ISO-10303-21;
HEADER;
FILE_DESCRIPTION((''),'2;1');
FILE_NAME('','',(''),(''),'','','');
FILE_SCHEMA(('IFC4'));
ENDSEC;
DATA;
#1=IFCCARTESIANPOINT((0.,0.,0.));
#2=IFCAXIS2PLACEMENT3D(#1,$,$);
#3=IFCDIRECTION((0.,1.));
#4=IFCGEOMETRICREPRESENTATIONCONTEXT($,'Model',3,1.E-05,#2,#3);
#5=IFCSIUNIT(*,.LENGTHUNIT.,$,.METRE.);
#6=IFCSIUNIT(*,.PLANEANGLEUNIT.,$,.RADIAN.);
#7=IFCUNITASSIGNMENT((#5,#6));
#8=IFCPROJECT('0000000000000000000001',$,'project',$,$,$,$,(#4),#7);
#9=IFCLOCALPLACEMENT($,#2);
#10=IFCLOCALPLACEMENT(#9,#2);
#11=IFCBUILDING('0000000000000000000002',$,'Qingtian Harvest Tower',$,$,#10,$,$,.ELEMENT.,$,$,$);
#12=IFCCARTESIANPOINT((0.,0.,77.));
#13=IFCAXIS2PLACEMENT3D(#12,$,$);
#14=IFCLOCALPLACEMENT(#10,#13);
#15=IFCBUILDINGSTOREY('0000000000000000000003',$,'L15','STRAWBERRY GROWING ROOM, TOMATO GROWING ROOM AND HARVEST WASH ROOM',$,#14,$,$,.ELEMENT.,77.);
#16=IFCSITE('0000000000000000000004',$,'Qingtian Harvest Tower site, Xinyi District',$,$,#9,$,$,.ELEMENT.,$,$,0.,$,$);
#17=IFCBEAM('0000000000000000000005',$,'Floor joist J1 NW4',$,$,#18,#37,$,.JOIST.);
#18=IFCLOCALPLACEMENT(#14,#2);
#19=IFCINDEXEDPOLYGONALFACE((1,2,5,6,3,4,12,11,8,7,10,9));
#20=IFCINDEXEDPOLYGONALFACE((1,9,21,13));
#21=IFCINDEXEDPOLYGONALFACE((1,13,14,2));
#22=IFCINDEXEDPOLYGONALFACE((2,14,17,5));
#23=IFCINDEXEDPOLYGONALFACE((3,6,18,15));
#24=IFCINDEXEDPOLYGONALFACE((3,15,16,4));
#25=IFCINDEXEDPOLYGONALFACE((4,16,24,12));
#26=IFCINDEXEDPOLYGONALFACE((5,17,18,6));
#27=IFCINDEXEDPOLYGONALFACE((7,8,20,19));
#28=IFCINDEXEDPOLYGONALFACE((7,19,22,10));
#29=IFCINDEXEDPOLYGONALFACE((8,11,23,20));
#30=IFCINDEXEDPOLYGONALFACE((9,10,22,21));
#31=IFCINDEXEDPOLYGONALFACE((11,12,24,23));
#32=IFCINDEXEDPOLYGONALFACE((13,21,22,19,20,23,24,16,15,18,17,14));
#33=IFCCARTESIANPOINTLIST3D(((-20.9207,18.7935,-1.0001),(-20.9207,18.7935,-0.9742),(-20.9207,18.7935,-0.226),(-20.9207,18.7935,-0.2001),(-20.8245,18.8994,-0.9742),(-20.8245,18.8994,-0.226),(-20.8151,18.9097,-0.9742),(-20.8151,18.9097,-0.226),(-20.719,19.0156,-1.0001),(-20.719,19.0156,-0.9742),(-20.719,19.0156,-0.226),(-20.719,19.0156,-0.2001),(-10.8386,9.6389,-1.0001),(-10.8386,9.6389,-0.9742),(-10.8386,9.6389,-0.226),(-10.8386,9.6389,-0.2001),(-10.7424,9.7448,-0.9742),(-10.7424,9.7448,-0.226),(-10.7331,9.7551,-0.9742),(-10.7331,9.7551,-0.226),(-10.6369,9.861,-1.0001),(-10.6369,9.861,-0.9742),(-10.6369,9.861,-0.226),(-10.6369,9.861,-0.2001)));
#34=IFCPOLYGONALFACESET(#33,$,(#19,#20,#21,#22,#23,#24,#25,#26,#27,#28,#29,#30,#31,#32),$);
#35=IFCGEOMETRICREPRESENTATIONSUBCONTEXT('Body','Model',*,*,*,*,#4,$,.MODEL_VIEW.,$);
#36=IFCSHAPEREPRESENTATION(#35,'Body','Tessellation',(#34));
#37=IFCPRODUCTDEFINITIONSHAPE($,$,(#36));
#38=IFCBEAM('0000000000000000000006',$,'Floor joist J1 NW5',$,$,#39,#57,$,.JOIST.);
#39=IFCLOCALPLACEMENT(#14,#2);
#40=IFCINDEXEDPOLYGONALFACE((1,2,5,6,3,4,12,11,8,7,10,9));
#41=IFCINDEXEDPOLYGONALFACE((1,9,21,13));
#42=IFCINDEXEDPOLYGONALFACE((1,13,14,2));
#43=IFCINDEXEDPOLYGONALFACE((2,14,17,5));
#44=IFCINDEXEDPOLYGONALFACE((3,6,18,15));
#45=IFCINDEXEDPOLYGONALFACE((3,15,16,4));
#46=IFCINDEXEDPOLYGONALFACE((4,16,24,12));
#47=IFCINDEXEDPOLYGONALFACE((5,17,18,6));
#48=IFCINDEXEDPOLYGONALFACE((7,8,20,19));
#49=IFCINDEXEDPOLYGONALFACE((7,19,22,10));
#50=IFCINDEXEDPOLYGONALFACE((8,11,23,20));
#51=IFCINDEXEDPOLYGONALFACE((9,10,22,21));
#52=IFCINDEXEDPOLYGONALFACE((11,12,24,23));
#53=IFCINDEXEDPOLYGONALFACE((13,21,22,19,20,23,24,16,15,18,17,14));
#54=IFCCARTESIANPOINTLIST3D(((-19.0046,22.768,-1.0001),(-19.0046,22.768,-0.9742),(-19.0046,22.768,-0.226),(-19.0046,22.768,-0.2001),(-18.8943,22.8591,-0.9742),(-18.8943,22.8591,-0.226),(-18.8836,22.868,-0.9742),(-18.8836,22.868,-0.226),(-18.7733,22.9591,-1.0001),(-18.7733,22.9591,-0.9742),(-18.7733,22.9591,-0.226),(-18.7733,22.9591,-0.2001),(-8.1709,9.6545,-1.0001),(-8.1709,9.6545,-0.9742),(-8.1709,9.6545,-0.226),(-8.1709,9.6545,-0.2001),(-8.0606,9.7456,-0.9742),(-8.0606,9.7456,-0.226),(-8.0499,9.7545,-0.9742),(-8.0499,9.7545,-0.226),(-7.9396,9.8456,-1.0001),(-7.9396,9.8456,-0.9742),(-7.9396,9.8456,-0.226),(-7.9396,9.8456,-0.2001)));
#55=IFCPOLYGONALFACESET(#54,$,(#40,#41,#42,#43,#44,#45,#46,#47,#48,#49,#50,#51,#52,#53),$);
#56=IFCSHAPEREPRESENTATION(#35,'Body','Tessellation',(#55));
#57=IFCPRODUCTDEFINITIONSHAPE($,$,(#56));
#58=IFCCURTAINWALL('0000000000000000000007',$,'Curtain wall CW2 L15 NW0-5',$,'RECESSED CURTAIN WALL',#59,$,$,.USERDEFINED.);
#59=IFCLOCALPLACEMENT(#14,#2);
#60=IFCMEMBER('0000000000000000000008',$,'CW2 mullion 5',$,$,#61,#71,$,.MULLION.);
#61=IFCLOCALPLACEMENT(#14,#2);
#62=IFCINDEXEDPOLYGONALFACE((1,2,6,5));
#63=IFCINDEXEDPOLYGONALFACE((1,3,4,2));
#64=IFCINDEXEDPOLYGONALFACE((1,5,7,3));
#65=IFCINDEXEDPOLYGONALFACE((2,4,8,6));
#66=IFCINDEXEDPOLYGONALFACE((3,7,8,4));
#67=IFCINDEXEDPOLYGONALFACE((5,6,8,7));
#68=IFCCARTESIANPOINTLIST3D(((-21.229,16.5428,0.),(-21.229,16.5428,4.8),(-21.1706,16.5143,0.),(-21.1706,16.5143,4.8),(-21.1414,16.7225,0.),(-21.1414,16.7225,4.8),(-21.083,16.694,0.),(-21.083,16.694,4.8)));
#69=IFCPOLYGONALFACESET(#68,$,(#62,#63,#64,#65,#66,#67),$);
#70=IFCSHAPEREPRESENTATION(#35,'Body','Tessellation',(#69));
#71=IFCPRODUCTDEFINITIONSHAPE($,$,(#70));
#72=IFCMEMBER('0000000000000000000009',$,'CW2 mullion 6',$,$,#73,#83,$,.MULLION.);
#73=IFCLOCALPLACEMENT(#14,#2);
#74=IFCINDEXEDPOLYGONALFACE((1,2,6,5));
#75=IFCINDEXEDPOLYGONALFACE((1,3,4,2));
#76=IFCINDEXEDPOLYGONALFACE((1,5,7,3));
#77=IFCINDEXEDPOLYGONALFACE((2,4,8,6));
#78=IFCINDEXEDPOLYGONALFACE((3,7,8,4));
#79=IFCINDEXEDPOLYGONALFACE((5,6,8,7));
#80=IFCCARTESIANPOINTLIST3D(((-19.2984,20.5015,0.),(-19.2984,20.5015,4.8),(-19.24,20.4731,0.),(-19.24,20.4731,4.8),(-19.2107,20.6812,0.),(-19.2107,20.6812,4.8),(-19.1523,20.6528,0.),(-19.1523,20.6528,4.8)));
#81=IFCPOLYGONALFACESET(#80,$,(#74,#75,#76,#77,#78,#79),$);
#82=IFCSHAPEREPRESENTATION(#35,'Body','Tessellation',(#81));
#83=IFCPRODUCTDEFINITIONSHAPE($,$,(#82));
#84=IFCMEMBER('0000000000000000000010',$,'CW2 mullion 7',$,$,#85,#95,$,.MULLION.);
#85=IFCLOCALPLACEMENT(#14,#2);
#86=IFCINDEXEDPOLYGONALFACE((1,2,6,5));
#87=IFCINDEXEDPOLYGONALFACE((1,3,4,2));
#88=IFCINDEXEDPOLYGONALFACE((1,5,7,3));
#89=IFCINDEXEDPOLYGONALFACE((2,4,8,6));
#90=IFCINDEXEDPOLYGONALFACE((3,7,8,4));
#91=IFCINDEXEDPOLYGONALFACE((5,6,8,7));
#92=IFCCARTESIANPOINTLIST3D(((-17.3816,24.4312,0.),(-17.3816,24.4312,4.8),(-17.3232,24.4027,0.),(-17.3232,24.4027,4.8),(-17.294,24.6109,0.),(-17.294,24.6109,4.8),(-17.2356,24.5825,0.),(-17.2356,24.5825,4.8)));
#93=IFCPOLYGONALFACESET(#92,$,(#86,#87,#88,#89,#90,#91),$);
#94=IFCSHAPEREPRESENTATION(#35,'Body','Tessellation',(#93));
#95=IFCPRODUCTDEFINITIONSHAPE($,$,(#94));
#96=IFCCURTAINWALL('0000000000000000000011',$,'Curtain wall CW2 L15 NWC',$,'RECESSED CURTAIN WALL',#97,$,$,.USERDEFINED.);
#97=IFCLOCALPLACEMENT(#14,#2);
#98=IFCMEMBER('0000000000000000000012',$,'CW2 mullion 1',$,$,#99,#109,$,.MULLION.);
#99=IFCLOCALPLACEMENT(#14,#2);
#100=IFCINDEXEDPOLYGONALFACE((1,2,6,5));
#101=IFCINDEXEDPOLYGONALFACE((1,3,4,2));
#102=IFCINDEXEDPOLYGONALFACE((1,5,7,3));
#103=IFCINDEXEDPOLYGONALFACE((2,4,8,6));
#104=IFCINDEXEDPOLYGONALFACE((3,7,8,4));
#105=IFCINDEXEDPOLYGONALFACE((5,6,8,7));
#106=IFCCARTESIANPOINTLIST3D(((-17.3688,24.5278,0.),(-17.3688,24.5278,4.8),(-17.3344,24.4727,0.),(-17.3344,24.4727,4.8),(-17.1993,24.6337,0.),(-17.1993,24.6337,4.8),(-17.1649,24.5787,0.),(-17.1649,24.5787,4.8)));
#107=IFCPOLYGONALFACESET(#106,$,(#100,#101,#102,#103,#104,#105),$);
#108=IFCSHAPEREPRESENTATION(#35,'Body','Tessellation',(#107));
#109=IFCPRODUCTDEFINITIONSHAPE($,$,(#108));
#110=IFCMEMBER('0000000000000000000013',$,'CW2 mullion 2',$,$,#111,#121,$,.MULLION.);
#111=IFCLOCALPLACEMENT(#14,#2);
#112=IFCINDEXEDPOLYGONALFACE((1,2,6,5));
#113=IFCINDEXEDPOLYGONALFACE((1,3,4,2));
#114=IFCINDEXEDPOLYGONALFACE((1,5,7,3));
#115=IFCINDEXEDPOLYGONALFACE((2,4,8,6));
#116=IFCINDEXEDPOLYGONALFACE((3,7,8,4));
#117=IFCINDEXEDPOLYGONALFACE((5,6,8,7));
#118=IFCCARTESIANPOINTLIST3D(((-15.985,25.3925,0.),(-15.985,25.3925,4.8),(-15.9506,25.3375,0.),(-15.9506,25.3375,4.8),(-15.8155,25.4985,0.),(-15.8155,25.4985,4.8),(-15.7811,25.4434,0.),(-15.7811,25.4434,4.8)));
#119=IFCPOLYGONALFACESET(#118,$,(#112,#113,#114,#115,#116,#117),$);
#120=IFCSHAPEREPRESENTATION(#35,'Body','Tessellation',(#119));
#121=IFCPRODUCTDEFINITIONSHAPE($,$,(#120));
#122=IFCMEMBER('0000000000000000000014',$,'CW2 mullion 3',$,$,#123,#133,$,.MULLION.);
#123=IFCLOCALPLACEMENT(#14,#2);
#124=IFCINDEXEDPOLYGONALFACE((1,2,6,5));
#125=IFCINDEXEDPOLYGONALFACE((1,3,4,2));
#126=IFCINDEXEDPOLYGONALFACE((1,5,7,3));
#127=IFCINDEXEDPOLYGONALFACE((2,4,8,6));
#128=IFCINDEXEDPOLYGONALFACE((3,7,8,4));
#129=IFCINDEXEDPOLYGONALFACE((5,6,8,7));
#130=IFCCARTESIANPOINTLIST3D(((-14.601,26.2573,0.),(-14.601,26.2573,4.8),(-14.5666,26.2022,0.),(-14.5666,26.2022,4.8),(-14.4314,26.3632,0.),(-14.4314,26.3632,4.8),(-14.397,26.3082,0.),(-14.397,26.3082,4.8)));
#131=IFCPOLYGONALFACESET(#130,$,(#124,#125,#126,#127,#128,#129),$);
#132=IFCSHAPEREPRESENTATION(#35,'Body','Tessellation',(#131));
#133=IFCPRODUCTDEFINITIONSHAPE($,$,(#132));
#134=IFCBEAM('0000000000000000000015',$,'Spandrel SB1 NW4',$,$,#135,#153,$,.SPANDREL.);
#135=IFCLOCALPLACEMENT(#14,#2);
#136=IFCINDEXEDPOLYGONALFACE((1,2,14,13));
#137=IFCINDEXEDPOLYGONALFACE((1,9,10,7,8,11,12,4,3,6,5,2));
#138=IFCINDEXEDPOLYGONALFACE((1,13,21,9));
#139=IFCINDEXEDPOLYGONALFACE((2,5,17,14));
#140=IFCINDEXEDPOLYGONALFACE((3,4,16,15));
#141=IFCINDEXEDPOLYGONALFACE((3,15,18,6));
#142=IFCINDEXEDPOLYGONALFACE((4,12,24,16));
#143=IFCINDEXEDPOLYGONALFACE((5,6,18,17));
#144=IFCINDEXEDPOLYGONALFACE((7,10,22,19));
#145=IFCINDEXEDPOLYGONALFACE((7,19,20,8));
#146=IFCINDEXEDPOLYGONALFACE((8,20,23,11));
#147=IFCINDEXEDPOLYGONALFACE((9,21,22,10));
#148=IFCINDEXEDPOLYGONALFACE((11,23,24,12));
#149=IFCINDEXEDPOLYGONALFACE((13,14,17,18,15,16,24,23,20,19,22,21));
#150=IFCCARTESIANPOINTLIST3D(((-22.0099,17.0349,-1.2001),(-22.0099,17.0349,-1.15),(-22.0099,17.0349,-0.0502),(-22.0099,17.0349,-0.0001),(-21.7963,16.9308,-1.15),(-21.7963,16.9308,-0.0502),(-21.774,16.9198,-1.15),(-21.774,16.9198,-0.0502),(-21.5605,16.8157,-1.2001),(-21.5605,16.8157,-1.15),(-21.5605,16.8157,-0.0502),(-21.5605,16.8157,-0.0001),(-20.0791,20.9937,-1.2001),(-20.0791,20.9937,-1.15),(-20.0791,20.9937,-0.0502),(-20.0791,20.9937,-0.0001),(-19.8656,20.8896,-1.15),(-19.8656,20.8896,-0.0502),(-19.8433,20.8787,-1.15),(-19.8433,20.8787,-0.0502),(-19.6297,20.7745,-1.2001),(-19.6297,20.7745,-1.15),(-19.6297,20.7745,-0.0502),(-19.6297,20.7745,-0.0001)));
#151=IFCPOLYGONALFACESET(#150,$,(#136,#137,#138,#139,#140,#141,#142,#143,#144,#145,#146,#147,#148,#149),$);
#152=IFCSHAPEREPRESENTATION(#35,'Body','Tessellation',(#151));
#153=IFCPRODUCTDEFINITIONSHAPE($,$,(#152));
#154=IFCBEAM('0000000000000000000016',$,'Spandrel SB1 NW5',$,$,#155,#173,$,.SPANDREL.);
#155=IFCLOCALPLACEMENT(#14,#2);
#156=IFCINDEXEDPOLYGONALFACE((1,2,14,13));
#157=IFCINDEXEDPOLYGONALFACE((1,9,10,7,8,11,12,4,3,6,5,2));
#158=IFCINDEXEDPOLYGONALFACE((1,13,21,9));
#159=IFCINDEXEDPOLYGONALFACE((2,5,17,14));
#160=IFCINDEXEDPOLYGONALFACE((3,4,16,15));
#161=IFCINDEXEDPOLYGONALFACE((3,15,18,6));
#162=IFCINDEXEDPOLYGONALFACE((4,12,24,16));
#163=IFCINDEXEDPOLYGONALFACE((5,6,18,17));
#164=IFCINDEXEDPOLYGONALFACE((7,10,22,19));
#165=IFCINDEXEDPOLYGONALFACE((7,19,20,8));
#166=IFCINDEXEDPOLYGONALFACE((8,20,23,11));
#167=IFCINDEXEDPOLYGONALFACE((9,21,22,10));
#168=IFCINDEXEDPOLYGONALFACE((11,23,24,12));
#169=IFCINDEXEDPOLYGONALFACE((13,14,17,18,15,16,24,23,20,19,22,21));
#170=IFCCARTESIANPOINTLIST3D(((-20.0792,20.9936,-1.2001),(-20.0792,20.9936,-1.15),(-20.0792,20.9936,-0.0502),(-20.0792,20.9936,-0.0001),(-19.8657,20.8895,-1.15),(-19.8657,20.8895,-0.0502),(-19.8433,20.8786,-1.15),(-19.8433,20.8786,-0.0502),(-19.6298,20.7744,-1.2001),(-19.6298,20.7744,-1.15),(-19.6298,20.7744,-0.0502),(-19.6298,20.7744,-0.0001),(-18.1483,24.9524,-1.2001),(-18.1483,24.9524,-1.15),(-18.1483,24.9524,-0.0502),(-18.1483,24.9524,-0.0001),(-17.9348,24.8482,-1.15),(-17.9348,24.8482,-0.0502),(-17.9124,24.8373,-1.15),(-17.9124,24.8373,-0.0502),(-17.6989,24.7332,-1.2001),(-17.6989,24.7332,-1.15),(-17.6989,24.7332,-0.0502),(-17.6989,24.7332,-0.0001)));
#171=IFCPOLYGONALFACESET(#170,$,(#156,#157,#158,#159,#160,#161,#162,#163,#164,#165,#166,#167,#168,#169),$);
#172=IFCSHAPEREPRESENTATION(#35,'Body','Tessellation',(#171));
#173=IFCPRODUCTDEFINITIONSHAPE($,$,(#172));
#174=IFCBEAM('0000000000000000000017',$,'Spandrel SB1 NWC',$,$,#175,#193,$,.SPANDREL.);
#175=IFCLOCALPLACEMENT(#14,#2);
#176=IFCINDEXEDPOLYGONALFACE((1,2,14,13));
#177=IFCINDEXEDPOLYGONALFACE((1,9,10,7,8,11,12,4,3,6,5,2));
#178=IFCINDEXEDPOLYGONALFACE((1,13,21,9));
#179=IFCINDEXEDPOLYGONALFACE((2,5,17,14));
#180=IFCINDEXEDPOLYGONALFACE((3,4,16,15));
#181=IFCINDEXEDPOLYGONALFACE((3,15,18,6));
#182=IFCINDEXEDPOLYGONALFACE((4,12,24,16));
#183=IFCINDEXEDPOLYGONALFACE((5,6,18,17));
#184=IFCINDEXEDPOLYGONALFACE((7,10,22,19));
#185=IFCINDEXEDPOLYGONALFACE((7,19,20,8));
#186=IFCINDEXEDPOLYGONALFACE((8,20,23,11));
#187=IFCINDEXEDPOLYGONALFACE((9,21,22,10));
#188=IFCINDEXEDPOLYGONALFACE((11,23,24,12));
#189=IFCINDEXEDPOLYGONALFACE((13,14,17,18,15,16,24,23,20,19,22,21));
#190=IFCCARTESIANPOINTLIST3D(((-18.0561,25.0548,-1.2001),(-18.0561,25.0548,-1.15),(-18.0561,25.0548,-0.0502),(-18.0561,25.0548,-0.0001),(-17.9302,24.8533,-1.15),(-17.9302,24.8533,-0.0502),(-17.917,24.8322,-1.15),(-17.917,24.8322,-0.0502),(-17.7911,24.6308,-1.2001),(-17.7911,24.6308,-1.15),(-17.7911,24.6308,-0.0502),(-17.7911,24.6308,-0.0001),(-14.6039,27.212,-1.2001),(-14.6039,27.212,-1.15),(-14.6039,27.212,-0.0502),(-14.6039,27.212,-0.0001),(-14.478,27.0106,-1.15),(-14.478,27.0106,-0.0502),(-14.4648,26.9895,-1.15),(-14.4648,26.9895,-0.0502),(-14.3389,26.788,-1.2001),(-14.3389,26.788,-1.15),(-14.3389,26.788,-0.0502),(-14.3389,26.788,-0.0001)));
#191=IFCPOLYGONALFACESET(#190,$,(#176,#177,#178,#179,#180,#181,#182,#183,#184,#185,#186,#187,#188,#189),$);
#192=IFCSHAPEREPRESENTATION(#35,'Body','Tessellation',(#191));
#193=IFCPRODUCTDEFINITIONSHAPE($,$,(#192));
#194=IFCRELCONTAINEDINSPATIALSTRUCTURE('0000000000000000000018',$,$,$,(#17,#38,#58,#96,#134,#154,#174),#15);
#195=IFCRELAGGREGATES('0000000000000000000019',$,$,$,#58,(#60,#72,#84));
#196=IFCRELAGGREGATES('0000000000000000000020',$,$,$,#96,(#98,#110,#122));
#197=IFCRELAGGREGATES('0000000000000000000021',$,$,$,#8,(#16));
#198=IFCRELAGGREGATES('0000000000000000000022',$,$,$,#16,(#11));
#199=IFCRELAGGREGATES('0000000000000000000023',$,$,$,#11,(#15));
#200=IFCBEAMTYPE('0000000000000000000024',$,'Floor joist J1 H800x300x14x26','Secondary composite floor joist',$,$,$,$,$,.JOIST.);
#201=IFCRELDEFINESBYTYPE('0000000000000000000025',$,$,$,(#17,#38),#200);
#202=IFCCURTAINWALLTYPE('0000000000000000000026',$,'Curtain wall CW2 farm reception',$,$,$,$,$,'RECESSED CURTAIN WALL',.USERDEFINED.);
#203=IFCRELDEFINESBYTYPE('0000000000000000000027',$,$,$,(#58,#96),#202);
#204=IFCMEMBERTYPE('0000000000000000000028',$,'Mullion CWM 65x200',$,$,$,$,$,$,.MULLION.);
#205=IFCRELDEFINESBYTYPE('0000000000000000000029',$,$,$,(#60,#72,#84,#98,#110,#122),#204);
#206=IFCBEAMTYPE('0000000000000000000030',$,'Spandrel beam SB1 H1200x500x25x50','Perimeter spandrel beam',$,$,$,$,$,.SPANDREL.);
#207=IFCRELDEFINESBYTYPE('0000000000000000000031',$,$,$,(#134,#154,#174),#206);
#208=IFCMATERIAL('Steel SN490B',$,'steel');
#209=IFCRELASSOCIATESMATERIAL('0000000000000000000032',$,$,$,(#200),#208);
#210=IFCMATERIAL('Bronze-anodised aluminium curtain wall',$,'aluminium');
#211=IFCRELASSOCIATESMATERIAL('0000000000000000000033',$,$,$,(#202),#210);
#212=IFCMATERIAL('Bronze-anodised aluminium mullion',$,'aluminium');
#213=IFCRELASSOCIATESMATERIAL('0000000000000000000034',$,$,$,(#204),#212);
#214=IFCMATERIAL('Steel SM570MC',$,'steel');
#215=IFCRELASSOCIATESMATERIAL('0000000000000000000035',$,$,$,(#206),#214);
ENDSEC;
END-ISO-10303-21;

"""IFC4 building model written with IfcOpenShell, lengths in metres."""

from ifc_helpers import new_model, si_unit, direction, frame, origin, origin_2d, place, context, subcontext, project, spatial, rectangle, i_section, extrude, material, material_profile, profile_set, type_object, element, aggregate, save


model = new_model("IFC4")

# Units and contexts
model_context = context("Model", 3, precision=1e-05, world=origin(), true_north=direction((0.0, 1.0)))
body_context = subcontext(model_context, "Body", "Model", "MODEL_VIEW")
ifc_project = project(units=[si_unit("LENGTHUNIT", "METRE"), si_unit("PLANEANGLEUNIT", "RADIAN")], contexts=[model_context])

# Site, building, storey
site_placement = place(None, origin())
site = spatial("IfcSite", under=ifc_project, at=site_placement, Name="Qingtian Harvest Tower site, Xinyi District", CompositionType="ELEMENT", RefElevation=0.0)
building_placement = place(site_placement, origin())
building = spatial("IfcBuilding", under=site, at=building_placement, Name="Qingtian Harvest Tower", CompositionType="ELEMENT")
storey_placement = place(building_placement, frame((0.0, 0.0, 77.0)))
storey = spatial("IfcBuildingStorey", under=building, at=storey_placement, Name="L15", Description="STRAWBERRY GROWING ROOM, TOMATO GROWING ROOM AND HARVEST WASH ROOM", CompositionType="ELEMENT", Elevation=77.0)

# Beams
ifc_material_1 = material(Name="Steel SN490B", Category="steel")
ifc_material_profile_1 = material_profile(ifc_material_1, i_section(OverallWidth=0.3, OverallDepth=0.8, WebThickness=0.0139, FlangeThickness=0.0259, at=origin_2d()), Name="H800x300x14x26")
ifc_profile_set_1 = profile_set([ifc_material_profile_1], Name="Steel SN490B")
beam_type_1 = type_object("IfcBeamType", Name="Floor joist J1 H800x300x14x26", Description="Secondary composite floor joist", PredefinedType="JOIST", material=ifc_profile_set_1)
beam_1_placement = place(storey_placement, frame((-20.8198, 18.9045, -0.6001), z_axis=(0.74034, -0.672233, 0.0), x_axis=(0.672233, 0.74034, 0.0)))
element("IfcBeam", 1, at=beam_1_placement, inside=storey, type_object=beam_type_1, Name="Floor joist J1 NW4", PredefinedType="JOIST", context=body_context, shape_type="SweptSolid", body=[
    extrude(i_section(OverallWidth=0.3, OverallDepth=0.8, WebThickness=0.0139, FlangeThickness=0.0259, at=origin_2d()), origin(), (0.0, 0.0, 1.0), 13.6182),
])
beam_2_placement = place(storey_placement, frame((-18.8889, 22.8635, -0.6001), z_axis=(0.63691, -0.770938, 0.0), x_axis=(0.770938, 0.63691, 0.0)))
element("IfcBeam", 2, at=beam_2_placement, inside=storey, type_object=beam_type_1, Name="Floor joist J1 NW5", PredefinedType="JOIST", context=body_context, shape_type="SweptSolid", body=[
    extrude(i_section(OverallWidth=0.3, OverallDepth=0.8, WebThickness=0.0139, FlangeThickness=0.0259, at=origin_2d()), origin(), (0.0, 0.0, 1.0), 17.0098),
])

# Curtain walls, members
ifc_material_2 = material(Name="Bronze-anodised aluminium curtain wall", Category="aluminium")
curtain_wall_type = type_object("IfcCurtainWallType", Name="Curtain wall CW2 farm reception", ElementType="RECESSED CURTAIN WALL", PredefinedType="USERDEFINED", material=ifc_material_2)
curtain_wall_1_placement = place(storey_placement, origin())
curtain_wall_1 = element("IfcCurtainWall", 3, at=curtain_wall_1_placement, inside=storey, type_object=curtain_wall_type, Name="Curtain wall CW2 L15 NW0-5", ObjectType="RECESSED CURTAIN WALL", PredefinedType="USERDEFINED")
ifc_material_3 = material(Name="Bronze-anodised aluminium mullion", Category="aluminium")
ifc_material_profile_2 = material_profile(ifc_material_3, rectangle(XDim=0.0649, YDim=0.2, at=origin_2d()), Name="AL 65x200")
ifc_profile_set_2 = profile_set([ifc_material_profile_2], Name="Bronze-anodised aluminium mullion")
member_type_1 = type_object("IfcMemberType", Name="Mullion CWM 65x200", PredefinedType="MULLION", material=ifc_profile_set_2)
member_1_placement = place(storey_placement, frame((-21.156, 16.6184, 0.0), z_axis=(0.0, 0.0, 1.0), x_axis=(-0.898794, 0.438371, 0.0)))
member_1 = element("IfcMember", 4, at=member_1_placement, type_object=member_type_1, Name="CW2 mullion 5", PredefinedType="MULLION", context=body_context, shape_type="SweptSolid", body=[
    extrude(rectangle(XDim=0.0649, YDim=0.2, at=origin_2d()), origin(), (0.0, 0.0, 1.0), 4.8),
])
member_2_placement = place(storey_placement, frame((-19.2253, 20.5771, 0.0), z_axis=(0.0, 0.0, 1.0), x_axis=(-0.898794, 0.438371, 0.0)))
member_2 = element("IfcMember", 5, at=member_2_placement, type_object=member_type_1, Name="CW2 mullion 6", PredefinedType="MULLION", context=body_context, shape_type="SweptSolid", body=[
    extrude(rectangle(XDim=0.0649, YDim=0.2, at=origin_2d()), origin(), (0.0, 0.0, 1.0), 4.8),
])
member_3_placement = place(storey_placement, frame((-17.3086, 24.5068, 0.0), z_axis=(0.0, 0.0, 1.0), x_axis=(-0.898794, 0.438371, 0.0)))
member_3 = element("IfcMember", 6, at=member_3_placement, type_object=member_type_1, Name="CW2 mullion 7", PredefinedType="MULLION", context=body_context, shape_type="SweptSolid", body=[
    extrude(rectangle(XDim=0.0649, YDim=0.2, at=origin_2d()), origin(), (0.0, 0.0, 1.0), 4.8),
])
curtain_wall_2_placement = place(storey_placement, origin())
curtain_wall_2 = element("IfcCurtainWall", 7, at=curtain_wall_2_placement, inside=storey, type_object=curtain_wall_type, Name="Curtain wall CW2 L15 NWC", ObjectType="RECESSED CURTAIN WALL", PredefinedType="USERDEFINED")
member_4_placement = place(storey_placement, frame((-17.2668, 24.5532, 0.0), z_axis=(0.0, 0.0, 1.0), x_axis=(-0.529919, 0.848048, 0.0)))
member_4 = element("IfcMember", 8, at=member_4_placement, type_object=member_type_1, Name="CW2 mullion 1", PredefinedType="MULLION", context=body_context, shape_type="SweptSolid", body=[
    extrude(rectangle(XDim=0.0649, YDim=0.2, at=origin_2d()), origin(), (0.0, 0.0, 1.0), 4.8),
])
member_5_placement = place(storey_placement, frame((-15.8831, 25.418, 0.0), z_axis=(0.0, 0.0, 1.0), x_axis=(-0.529919, 0.848048, 0.0)))
member_5 = element("IfcMember", 9, at=member_5_placement, type_object=member_type_1, Name="CW2 mullion 2", PredefinedType="MULLION", context=body_context, shape_type="SweptSolid", body=[
    extrude(rectangle(XDim=0.0649, YDim=0.2, at=origin_2d()), origin(), (0.0, 0.0, 1.0), 4.8),
])
member_6_placement = place(storey_placement, frame((-14.499, 26.2827, 0.0), z_axis=(0.0, 0.0, 1.0), x_axis=(-0.529919, 0.848048, 0.0)))
member_6 = element("IfcMember", 10, at=member_6_placement, type_object=member_type_1, Name="CW2 mullion 3", PredefinedType="MULLION", context=body_context, shape_type="SweptSolid", body=[
    extrude(rectangle(XDim=0.0649, YDim=0.2, at=origin_2d()), origin(), (0.0, 0.0, 1.0), 4.8),
])

# Beams
ifc_material_4 = material(Name="Steel SM570MC", Category="steel")
ifc_material_profile_3 = material_profile(ifc_material_4, i_section(OverallWidth=0.5, OverallDepth=1.2, WebThickness=0.0249, FlangeThickness=0.05, at=origin_2d()), Name="H1200x500x25x50")
ifc_profile_set_3 = profile_set([ifc_material_profile_3], Name="Steel SM570MC")
beam_type_2 = type_object("IfcBeamType", Name="Spandrel beam SB1 H1200x500x25x50", Description="Perimeter spandrel beam", PredefinedType="SPANDREL", material=ifc_profile_set_3)
for number, where, z_axis, x_axis, name in (
    (11, (-21.7852, 16.9253, -0.6001), (0.438345, 0.898807, 0.0), (-0.898807, 0.438345, 0.0), "Spandrel SB1 NW4"),
    (12, (-19.8545, 20.884, -0.6001), (0.43839, 0.898785, 0.0), (-0.898785, 0.43839, 0.0), "Spandrel SB1 NW5"),
):
    element("IfcBeam", number, at=place(storey_placement, frame(where, z_axis=z_axis, x_axis=x_axis)), inside=storey, type_object=beam_type_2, Name=name, PredefinedType="SPANDREL", context=body_context, shape_type="SweptSolid", body=[
        extrude(i_section(OverallWidth=0.5, OverallDepth=1.2, WebThickness=0.0249, FlangeThickness=0.05, at=origin_2d()), origin(), (0.0, 0.0, 1.0), 4.4045),
    ])
beam_3_placement = place(storey_placement, frame((-17.9236, 24.8428, -0.6001), z_axis=(0.848039, 0.529934, 0.0), x_axis=(-0.529934, 0.848039, 0.0)))
element("IfcBeam", 13, at=beam_3_placement, inside=storey, type_object=beam_type_2, Name="Spandrel SB1 NWC", PredefinedType="SPANDREL", context=body_context, shape_type="SweptSolid", body=[
    extrude(i_section(OverallWidth=0.5, OverallDepth=1.2, WebThickness=0.0249, FlangeThickness=0.05, at=origin_2d()), origin(), (0.0, 0.0, 1.0), 4.0708),
])

aggregate(curtain_wall_1, [member_1, member_2, member_3])
aggregate(curtain_wall_2, [member_4, member_5, member_6])

save(model, "model.ifc")
